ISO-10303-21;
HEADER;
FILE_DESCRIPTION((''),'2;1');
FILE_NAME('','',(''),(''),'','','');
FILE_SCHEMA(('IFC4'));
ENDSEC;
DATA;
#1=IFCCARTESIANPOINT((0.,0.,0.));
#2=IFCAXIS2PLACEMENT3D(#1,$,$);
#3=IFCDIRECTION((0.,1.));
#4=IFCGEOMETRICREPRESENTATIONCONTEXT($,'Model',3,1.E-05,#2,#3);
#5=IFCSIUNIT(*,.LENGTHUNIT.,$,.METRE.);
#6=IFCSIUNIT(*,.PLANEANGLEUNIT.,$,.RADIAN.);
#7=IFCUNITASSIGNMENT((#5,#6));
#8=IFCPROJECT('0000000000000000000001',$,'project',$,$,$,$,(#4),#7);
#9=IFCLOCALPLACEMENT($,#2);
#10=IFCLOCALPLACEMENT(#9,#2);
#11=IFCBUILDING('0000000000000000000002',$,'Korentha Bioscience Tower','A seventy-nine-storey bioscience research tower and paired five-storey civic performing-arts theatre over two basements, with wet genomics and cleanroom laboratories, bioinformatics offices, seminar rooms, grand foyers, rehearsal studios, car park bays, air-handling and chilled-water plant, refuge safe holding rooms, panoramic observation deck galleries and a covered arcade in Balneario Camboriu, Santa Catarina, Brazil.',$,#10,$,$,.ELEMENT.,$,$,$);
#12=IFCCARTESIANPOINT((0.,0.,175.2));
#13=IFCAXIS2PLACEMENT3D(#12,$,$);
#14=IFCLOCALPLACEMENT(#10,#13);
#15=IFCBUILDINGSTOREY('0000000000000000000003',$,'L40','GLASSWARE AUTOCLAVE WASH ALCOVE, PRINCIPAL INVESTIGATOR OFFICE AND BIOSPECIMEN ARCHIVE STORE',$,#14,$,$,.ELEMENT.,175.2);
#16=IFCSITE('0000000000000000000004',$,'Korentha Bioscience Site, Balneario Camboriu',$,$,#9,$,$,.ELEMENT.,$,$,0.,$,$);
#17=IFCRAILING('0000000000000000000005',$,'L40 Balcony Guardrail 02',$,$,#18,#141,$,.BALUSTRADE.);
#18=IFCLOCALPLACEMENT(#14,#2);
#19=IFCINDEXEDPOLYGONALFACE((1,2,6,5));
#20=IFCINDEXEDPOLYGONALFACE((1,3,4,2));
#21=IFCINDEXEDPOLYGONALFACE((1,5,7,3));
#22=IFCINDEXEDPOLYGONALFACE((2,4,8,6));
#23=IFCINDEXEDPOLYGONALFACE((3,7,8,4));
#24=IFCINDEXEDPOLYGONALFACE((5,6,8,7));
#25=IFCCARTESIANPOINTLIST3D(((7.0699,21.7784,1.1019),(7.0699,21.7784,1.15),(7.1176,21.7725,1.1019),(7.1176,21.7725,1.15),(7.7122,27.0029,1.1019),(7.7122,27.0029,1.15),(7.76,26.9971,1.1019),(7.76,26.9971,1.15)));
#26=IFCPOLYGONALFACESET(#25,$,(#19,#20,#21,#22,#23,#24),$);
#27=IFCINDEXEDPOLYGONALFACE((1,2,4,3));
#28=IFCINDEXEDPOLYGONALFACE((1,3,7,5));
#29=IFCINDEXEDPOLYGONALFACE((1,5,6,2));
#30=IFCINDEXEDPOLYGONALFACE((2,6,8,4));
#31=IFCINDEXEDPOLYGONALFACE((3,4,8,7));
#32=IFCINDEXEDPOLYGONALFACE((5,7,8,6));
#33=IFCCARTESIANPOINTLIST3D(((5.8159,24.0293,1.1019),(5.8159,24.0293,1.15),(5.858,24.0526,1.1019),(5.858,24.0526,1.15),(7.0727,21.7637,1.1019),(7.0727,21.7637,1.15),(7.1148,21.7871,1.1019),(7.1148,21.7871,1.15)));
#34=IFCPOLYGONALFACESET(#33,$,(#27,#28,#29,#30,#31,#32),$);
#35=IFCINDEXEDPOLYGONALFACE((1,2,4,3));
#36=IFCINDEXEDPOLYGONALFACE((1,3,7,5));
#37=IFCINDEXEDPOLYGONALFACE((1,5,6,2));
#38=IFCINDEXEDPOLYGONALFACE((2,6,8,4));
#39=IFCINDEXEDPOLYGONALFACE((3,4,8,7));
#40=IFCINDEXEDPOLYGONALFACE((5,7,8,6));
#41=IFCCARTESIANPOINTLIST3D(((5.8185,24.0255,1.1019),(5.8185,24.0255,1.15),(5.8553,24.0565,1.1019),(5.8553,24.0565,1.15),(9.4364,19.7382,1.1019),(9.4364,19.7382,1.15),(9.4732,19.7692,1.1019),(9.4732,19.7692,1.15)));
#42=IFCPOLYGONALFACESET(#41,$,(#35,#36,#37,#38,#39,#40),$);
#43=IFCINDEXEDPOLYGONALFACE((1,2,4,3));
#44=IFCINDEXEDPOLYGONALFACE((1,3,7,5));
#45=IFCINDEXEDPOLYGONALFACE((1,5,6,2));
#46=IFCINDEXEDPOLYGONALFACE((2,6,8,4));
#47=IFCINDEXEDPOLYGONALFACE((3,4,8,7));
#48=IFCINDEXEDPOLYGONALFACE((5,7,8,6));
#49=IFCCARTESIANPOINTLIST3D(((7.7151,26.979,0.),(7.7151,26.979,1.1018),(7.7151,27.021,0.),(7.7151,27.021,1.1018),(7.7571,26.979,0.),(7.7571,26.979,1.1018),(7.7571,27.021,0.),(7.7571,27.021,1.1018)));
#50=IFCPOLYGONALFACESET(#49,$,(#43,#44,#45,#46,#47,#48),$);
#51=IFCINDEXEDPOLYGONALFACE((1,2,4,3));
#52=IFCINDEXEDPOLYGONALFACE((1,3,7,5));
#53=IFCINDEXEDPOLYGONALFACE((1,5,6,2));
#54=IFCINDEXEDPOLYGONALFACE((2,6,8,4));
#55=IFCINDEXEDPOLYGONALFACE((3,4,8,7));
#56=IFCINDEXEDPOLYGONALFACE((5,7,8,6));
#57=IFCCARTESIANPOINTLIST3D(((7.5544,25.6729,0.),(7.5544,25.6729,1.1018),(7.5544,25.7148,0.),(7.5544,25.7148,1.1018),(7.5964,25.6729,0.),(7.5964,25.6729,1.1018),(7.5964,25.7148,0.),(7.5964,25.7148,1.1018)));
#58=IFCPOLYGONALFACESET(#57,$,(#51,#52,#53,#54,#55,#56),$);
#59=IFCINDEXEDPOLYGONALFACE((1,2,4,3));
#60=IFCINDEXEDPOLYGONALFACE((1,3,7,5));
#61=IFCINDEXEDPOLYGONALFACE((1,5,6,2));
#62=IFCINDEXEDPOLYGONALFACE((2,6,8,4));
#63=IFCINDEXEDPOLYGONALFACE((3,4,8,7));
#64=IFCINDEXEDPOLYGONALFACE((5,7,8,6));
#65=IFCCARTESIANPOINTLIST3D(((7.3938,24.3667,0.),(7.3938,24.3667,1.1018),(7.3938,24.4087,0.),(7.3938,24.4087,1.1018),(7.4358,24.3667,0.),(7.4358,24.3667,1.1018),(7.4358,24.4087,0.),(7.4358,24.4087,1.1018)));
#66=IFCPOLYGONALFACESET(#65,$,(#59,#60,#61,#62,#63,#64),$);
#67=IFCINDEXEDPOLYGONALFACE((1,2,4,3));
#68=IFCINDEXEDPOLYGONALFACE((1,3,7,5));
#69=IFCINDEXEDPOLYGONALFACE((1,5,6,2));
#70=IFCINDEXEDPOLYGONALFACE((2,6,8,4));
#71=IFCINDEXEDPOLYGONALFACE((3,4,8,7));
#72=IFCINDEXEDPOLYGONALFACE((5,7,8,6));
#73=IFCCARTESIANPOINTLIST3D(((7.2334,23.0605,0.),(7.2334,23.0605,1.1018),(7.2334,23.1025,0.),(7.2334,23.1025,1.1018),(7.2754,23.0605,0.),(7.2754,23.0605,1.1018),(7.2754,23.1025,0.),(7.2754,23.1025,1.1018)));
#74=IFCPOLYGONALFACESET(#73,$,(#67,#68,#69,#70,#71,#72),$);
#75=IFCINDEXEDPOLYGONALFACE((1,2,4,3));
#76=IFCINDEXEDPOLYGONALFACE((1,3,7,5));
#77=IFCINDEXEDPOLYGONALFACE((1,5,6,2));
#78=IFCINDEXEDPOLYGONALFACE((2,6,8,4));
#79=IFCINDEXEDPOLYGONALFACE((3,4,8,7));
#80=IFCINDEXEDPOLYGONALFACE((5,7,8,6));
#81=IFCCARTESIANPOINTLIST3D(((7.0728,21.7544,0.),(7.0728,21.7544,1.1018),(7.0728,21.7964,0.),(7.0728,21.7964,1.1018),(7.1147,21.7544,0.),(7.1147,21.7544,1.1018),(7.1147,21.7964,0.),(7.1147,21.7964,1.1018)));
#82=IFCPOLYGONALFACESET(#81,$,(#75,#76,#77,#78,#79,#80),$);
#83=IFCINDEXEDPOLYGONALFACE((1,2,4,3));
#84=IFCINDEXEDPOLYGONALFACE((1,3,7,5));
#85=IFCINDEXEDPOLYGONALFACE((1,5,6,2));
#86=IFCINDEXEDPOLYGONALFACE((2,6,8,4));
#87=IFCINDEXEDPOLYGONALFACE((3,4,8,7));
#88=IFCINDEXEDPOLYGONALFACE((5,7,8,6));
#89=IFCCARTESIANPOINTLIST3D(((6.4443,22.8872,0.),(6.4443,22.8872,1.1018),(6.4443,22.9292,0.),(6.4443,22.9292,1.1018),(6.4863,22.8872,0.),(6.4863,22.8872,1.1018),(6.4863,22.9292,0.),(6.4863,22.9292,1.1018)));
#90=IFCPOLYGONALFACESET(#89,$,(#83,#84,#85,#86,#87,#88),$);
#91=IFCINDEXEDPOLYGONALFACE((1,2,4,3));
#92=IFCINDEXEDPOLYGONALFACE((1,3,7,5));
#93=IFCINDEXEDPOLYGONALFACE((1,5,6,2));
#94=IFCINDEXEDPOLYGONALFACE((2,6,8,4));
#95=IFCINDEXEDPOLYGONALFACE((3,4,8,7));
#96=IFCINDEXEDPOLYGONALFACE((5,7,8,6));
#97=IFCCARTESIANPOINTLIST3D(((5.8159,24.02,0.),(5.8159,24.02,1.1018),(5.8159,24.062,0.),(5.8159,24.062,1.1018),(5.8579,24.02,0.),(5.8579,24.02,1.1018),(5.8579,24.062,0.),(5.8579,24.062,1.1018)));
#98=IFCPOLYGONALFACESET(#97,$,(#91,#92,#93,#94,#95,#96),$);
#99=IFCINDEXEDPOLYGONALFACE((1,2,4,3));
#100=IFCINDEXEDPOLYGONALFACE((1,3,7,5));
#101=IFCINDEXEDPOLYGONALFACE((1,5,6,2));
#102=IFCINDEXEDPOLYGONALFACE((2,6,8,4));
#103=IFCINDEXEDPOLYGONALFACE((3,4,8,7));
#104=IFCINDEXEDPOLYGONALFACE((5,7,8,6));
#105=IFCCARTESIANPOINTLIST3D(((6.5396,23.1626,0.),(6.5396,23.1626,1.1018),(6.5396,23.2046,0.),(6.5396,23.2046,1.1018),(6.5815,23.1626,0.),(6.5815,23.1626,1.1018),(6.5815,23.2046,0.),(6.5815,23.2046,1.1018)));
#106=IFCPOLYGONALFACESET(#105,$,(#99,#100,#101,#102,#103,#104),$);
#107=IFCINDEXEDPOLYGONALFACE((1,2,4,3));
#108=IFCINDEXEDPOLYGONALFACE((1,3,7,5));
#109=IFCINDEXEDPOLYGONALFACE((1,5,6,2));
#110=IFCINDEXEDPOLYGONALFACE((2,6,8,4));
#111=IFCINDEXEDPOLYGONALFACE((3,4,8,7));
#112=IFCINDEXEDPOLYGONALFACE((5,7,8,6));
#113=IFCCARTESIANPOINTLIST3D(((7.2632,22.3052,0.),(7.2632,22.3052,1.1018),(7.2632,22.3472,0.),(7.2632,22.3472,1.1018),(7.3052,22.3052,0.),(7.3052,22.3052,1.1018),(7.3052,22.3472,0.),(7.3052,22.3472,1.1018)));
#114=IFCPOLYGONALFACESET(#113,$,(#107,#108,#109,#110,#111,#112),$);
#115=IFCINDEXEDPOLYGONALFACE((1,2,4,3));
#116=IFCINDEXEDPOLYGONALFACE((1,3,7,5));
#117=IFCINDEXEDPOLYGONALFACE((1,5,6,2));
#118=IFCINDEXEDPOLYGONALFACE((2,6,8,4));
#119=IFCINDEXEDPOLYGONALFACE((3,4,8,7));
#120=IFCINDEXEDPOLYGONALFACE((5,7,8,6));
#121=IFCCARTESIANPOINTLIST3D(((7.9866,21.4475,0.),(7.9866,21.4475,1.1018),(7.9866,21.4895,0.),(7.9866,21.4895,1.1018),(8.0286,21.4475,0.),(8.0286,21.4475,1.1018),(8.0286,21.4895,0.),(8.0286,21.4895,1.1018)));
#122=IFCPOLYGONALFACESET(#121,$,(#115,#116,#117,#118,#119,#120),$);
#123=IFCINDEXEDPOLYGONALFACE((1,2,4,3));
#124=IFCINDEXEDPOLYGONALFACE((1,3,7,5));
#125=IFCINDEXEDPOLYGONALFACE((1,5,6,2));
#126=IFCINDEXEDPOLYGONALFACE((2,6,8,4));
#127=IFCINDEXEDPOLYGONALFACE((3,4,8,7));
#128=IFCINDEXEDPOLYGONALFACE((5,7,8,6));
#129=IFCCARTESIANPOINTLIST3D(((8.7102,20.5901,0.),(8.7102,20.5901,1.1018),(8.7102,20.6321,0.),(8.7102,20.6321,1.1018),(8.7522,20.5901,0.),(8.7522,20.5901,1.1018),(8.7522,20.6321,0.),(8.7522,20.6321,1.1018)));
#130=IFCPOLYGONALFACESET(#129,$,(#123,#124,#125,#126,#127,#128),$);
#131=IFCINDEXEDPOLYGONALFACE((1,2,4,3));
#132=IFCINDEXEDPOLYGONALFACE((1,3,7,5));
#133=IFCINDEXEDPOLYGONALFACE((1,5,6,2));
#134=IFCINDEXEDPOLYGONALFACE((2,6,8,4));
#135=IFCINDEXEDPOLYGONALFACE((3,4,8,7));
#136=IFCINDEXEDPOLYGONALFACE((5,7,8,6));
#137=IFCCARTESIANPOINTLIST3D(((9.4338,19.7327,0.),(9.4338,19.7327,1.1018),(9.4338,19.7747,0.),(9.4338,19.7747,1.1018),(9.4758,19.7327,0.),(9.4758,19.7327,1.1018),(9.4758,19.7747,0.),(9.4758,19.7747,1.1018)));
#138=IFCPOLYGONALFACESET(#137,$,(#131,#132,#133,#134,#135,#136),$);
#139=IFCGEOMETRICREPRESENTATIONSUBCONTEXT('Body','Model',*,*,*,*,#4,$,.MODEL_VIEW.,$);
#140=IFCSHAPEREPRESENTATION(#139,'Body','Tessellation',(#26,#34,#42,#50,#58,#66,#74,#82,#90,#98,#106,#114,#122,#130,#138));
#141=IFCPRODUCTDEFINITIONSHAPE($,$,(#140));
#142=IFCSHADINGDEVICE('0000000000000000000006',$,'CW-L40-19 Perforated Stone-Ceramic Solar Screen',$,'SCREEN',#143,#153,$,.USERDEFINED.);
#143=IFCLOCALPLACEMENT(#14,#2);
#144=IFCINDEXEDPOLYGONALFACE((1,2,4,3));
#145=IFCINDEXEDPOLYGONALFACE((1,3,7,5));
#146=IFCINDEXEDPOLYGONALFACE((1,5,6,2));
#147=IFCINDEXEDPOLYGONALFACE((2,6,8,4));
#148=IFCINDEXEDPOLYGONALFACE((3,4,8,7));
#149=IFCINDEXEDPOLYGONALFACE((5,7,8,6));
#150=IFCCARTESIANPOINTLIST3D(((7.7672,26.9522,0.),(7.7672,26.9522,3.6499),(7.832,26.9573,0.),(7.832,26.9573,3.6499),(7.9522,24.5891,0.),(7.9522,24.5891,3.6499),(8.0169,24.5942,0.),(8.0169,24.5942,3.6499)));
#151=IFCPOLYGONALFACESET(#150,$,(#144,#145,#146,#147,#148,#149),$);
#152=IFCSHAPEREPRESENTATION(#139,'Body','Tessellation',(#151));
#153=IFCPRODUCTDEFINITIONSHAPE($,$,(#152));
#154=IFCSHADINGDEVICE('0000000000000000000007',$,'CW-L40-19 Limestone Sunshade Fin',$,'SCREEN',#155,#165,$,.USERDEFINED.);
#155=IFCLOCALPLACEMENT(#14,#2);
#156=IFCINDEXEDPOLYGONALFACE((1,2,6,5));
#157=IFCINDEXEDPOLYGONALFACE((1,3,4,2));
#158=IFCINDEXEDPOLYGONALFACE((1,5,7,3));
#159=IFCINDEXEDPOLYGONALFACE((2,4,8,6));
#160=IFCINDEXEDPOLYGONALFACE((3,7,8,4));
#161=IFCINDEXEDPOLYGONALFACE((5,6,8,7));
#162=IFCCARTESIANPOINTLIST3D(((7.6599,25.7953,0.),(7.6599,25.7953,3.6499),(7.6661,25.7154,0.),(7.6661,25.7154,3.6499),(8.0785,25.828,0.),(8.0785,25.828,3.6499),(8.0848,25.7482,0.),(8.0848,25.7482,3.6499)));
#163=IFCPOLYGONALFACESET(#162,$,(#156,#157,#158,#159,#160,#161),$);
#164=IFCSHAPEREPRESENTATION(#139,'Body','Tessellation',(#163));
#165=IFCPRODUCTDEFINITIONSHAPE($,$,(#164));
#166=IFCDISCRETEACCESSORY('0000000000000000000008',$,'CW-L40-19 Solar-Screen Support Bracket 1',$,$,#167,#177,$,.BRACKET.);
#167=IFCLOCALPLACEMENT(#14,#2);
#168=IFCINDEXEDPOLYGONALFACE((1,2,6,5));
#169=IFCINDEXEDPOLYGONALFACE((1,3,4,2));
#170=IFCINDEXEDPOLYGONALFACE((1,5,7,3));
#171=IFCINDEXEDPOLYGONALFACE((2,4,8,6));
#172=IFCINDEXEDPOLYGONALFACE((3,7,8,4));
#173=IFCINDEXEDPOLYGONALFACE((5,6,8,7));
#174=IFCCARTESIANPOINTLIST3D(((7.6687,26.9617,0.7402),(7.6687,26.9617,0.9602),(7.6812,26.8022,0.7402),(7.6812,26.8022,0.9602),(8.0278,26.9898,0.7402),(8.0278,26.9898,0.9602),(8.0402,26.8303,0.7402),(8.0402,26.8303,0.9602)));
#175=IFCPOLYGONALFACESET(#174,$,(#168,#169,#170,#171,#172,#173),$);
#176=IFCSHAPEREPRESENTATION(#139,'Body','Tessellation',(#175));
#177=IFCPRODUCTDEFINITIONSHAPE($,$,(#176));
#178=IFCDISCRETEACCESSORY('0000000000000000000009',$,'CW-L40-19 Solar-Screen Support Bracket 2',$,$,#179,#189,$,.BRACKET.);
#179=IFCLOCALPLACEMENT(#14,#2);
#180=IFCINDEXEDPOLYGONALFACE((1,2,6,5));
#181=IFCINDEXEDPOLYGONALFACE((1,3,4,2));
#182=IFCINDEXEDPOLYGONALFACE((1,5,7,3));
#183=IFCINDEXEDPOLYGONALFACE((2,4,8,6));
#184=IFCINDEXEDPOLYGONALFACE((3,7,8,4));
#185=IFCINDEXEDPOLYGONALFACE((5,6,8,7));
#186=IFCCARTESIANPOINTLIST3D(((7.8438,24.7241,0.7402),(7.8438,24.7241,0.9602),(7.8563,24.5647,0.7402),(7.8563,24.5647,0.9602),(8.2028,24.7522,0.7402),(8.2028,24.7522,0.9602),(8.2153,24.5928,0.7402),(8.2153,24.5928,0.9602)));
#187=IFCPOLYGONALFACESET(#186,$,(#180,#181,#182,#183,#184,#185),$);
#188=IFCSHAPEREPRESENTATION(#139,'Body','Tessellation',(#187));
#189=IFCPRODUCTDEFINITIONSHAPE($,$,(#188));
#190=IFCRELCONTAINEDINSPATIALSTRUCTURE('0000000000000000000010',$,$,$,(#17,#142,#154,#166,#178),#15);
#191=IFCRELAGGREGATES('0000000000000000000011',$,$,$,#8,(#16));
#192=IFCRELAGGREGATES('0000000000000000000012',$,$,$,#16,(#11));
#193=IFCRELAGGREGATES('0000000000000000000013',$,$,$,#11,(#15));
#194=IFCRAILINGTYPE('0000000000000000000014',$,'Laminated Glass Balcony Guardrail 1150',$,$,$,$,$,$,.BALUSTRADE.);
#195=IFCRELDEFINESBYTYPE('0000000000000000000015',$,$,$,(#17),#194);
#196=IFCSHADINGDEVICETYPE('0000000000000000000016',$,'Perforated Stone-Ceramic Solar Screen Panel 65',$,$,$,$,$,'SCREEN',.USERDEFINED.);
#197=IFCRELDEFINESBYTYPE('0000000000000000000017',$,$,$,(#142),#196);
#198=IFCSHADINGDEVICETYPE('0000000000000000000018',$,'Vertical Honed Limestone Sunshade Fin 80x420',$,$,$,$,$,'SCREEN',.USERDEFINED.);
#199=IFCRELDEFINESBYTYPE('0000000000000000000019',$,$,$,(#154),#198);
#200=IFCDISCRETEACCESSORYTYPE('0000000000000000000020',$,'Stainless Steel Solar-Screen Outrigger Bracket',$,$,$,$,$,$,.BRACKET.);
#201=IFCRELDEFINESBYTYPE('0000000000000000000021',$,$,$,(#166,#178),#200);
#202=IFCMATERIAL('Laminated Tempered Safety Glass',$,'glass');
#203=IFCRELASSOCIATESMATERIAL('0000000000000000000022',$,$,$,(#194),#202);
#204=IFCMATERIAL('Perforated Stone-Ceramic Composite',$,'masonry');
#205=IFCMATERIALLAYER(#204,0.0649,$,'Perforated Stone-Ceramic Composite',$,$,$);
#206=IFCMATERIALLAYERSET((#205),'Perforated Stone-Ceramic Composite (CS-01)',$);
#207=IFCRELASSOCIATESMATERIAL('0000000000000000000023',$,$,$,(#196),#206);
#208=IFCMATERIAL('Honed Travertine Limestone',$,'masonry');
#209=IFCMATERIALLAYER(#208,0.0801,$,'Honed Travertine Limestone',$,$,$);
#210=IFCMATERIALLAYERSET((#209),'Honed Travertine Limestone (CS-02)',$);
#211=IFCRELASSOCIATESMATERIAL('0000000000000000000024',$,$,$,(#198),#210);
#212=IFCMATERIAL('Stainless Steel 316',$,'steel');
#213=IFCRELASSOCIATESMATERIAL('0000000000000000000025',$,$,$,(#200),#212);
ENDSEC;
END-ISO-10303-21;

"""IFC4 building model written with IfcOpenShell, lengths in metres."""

from ifc_helpers import new_model, si_unit, direction, frame, origin, origin_2d, place, context, subcontext, project, spatial, rectangle, extrude, material, layer, layer_set, type_object, element, save


model = new_model("IFC4")

# Units and contexts
model_context = context("Model", 3, precision=1e-05, world=origin(), true_north=direction((0.0, 1.0)))
body_context = subcontext(model_context, "Body", "Model", "MODEL_VIEW")
ifc_project = project(units=[si_unit("LENGTHUNIT", "METRE"), si_unit("PLANEANGLEUNIT", "RADIAN")], contexts=[model_context])

# Site, building, storey
site_placement = place(None, origin())
site = spatial("IfcSite", under=ifc_project, at=site_placement, Name="Korentha Bioscience Site, Balneario Camboriu", CompositionType="ELEMENT", RefElevation=0.0)
building_placement = place(site_placement, origin())
building = spatial("IfcBuilding", under=site, at=building_placement, Name="Korentha Bioscience Tower", Description="A seventy-nine-storey bioscience research tower and paired five-storey civic performing-arts theatre over two basements, with wet genomics and cleanroom laboratories, bioinformatics offices, seminar rooms, grand foyers, rehearsal studios, car park bays, air-handling and chilled-water plant, refuge safe holding rooms, panoramic observation deck galleries and a covered arcade in Balneario Camboriu, Santa Catarina, Brazil.", CompositionType="ELEMENT")
storey_placement = place(building_placement, frame((0.0, 0.0, 175.2)))
storey = spatial("IfcBuildingStorey", under=building, at=storey_placement, Name="L40", Description="GLASSWARE AUTOCLAVE WASH ALCOVE, PRINCIPAL INVESTIGATOR OFFICE AND BIOSPECIMEN ARCHIVE STORE", CompositionType="ELEMENT", Elevation=175.2)

# Railing
ifc_material_1 = material(Name="Laminated Tempered Safety Glass", Category="glass")
railing_type = type_object("IfcRailingType", Name="Laminated Glass Balcony Guardrail 1150", PredefinedType="BALUSTRADE", material=ifc_material_1)
railing_placement = place(storey_placement, frame((7.7361, 27.0, 0.0)))
element("IfcRailing", 1, at=railing_placement, inside=storey, type_object=railing_type, Name="L40 Balcony Guardrail 02", PredefinedType="BALUSTRADE", context=body_context, shape_type="SweptSolid", body=[
    extrude(rectangle(XDim=0.0481, YDim=0.0481, at=origin_2d()), frame((0.0, 0.0, 1.126), z_axis=(-0.122025, -0.992527, 0.0), x_axis=(0.992527, -0.122025, 0.0)), (0.0, 0.0, 1.0), 5.2639),
    extrude(rectangle(XDim=0.0481, YDim=0.0481, at=origin_2d()), frame((-0.6423, -5.2246, 1.126), z_axis=(-0.485099, 0.874459, 0.0), x_axis=(-0.874459, -0.485099, 0.0)), (0.0, 0.0, 1.0), 2.5908),
    extrude(rectangle(XDim=0.0481, YDim=0.0481, at=origin_2d()), frame((-1.8992, -2.959, 1.126), z_axis=(0.644919, -0.764251, 0.0), x_axis=(0.764251, 0.644919, 0.0)), (0.0, 0.0, 1.0), 5.6099),
    extrude(rectangle(XDim=0.042, YDim=0.042, at=origin_2d()), origin(), (0.0, 0.0, 1.0), 1.1018),
    extrude(rectangle(XDim=0.042, YDim=0.042, at=origin_2d()), frame((-0.1606, -1.3062, 0.0)), (0.0, 0.0, 1.0), 1.1018),
    extrude(rectangle(XDim=0.042, YDim=0.042, at=origin_2d()), frame((-0.3213, -2.6123, 0.0)), (0.0, 0.0, 1.0), 1.1018),
    extrude(rectangle(XDim=0.042, YDim=0.042, at=origin_2d()), frame((-0.4817, -3.9185, 0.0)), (0.0, 0.0, 1.0), 1.1018),
    extrude(rectangle(XDim=0.042, YDim=0.042, at=origin_2d()), frame((-0.6423, -5.2246, 0.0)), (0.0, 0.0, 1.0), 1.1018),
    extrude(rectangle(XDim=0.042, YDim=0.042, at=origin_2d()), frame((-1.2708, -4.0918, 0.0)), (0.0, 0.0, 1.0), 1.1018),
    extrude(rectangle(XDim=0.042, YDim=0.042, at=origin_2d()), frame((-1.8992, -2.959, 0.0)), (0.0, 0.0, 1.0), 1.1018),
    extrude(rectangle(XDim=0.042, YDim=0.042, at=origin_2d()), frame((-1.1755, -3.8164, 0.0)), (0.0, 0.0, 1.0), 1.1018),
    extrude(rectangle(XDim=0.042, YDim=0.042, at=origin_2d()), frame((-0.4519, -4.6738, 0.0)), (0.0, 0.0, 1.0), 1.1018),
    extrude(rectangle(XDim=0.042, YDim=0.042, at=origin_2d()), frame((0.2715, -5.5315, 0.0)), (0.0, 0.0, 1.0), 1.1018),
    extrude(rectangle(XDim=0.042, YDim=0.042, at=origin_2d()), frame((0.9951, -6.3889, 0.0)), (0.0, 0.0, 1.0), 1.1018),
    extrude(rectangle(XDim=0.042, YDim=0.042, at=origin_2d()), frame((1.7188, -7.2463, 0.0)), (0.0, 0.0, 1.0), 1.1018),
])

# Shading devices
ifc_material_2 = material(Name="Perforated Stone-Ceramic Composite", Category="masonry")
ifc_layer_1 = layer(ifc_material_2, 0.0649, Name="Perforated Stone-Ceramic Composite")
ifc_layer_set_1 = layer_set([ifc_layer_1], Name="Perforated Stone-Ceramic Composite (CS-01)")
shading_device_type_1 = type_object("IfcShadingDeviceType", Name="Perforated Stone-Ceramic Solar Screen Panel 65", ElementType="SCREEN", PredefinedType="USERDEFINED", material=ifc_layer_set_1)
shading_device_1_placement = place(storey_placement, frame((7.8921, 25.7732, 0.0), z_axis=(0.0, 0.0, 1.0), x_axis=(0.078031, -0.996951, 0.0)))
element("IfcShadingDevice", 2, at=shading_device_1_placement, inside=storey, type_object=shading_device_type_1, Name="CW-L40-19 Perforated Stone-Ceramic Solar Screen", ObjectType="SCREEN", PredefinedType="USERDEFINED", context=body_context, shape_type="SweptSolid", body=[
    extrude(rectangle(XDim=2.3704, YDim=0.0649, at=origin_2d()), origin(), (0.0, 0.0, 1.0), 3.6499),
])
ifc_material_3 = material(Name="Honed Travertine Limestone", Category="masonry")
ifc_layer_2 = layer(ifc_material_3, 0.0801, Name="Honed Travertine Limestone")
ifc_layer_set_2 = layer_set([ifc_layer_2], Name="Honed Travertine Limestone (CS-02)")
shading_device_type_2 = type_object("IfcShadingDeviceType", Name="Vertical Honed Limestone Sunshade Fin 80x420", ElementType="SCREEN", PredefinedType="USERDEFINED", material=ifc_layer_set_2)
shading_device_2_placement = place(storey_placement, frame((7.8723, 25.7717, 0.0), z_axis=(0.0, 0.0, 1.0), x_axis=(0.078031, -0.996951, 0.0)))
element("IfcShadingDevice", 3, at=shading_device_2_placement, inside=storey, type_object=shading_device_type_2, Name="CW-L40-19 Limestone Sunshade Fin", ObjectType="SCREEN", PredefinedType="USERDEFINED", context=body_context, shape_type="SweptSolid", body=[
    extrude(rectangle(XDim=0.0801, YDim=0.4199, at=origin_2d()), origin(), (0.0, 0.0, 1.0), 3.6499),
])

# Discrete accessories
ifc_material_4 = material(Name="Stainless Steel 316", Category="steel")
discrete_accessory_type = type_object("IfcDiscreteAccessoryType", Name="Stainless Steel Solar-Screen Outrigger Bracket", PredefinedType="BRACKET", material=ifc_material_4)
for number, where, z_axis, x_axis, name in (
    (4, (7.8545, 26.896, 0.7402), (0.0, 0.0, 1.0), (0.078031, -0.996951, 0.0), "CW-L40-19 Solar-Screen Support Bracket 1"),
    (5, (8.0295, 24.6584, 0.7402), (0.0, 0.0, 1.0), (0.078031, -0.996951, 0.0), "CW-L40-19 Solar-Screen Support Bracket 2"),
):
    element("IfcDiscreteAccessory", number, at=place(storey_placement, frame(where, z_axis=z_axis, x_axis=x_axis)), inside=storey, type_object=discrete_accessory_type, Name=name, PredefinedType="BRACKET", context=body_context, shape_type="SweptSolid", body=[
        extrude(rectangle(XDim=0.1599, YDim=0.3601, at=origin_2d()), origin(), (0.0, 0.0, 1.0), 0.22),
    ])

save(model, "model.ifc")
